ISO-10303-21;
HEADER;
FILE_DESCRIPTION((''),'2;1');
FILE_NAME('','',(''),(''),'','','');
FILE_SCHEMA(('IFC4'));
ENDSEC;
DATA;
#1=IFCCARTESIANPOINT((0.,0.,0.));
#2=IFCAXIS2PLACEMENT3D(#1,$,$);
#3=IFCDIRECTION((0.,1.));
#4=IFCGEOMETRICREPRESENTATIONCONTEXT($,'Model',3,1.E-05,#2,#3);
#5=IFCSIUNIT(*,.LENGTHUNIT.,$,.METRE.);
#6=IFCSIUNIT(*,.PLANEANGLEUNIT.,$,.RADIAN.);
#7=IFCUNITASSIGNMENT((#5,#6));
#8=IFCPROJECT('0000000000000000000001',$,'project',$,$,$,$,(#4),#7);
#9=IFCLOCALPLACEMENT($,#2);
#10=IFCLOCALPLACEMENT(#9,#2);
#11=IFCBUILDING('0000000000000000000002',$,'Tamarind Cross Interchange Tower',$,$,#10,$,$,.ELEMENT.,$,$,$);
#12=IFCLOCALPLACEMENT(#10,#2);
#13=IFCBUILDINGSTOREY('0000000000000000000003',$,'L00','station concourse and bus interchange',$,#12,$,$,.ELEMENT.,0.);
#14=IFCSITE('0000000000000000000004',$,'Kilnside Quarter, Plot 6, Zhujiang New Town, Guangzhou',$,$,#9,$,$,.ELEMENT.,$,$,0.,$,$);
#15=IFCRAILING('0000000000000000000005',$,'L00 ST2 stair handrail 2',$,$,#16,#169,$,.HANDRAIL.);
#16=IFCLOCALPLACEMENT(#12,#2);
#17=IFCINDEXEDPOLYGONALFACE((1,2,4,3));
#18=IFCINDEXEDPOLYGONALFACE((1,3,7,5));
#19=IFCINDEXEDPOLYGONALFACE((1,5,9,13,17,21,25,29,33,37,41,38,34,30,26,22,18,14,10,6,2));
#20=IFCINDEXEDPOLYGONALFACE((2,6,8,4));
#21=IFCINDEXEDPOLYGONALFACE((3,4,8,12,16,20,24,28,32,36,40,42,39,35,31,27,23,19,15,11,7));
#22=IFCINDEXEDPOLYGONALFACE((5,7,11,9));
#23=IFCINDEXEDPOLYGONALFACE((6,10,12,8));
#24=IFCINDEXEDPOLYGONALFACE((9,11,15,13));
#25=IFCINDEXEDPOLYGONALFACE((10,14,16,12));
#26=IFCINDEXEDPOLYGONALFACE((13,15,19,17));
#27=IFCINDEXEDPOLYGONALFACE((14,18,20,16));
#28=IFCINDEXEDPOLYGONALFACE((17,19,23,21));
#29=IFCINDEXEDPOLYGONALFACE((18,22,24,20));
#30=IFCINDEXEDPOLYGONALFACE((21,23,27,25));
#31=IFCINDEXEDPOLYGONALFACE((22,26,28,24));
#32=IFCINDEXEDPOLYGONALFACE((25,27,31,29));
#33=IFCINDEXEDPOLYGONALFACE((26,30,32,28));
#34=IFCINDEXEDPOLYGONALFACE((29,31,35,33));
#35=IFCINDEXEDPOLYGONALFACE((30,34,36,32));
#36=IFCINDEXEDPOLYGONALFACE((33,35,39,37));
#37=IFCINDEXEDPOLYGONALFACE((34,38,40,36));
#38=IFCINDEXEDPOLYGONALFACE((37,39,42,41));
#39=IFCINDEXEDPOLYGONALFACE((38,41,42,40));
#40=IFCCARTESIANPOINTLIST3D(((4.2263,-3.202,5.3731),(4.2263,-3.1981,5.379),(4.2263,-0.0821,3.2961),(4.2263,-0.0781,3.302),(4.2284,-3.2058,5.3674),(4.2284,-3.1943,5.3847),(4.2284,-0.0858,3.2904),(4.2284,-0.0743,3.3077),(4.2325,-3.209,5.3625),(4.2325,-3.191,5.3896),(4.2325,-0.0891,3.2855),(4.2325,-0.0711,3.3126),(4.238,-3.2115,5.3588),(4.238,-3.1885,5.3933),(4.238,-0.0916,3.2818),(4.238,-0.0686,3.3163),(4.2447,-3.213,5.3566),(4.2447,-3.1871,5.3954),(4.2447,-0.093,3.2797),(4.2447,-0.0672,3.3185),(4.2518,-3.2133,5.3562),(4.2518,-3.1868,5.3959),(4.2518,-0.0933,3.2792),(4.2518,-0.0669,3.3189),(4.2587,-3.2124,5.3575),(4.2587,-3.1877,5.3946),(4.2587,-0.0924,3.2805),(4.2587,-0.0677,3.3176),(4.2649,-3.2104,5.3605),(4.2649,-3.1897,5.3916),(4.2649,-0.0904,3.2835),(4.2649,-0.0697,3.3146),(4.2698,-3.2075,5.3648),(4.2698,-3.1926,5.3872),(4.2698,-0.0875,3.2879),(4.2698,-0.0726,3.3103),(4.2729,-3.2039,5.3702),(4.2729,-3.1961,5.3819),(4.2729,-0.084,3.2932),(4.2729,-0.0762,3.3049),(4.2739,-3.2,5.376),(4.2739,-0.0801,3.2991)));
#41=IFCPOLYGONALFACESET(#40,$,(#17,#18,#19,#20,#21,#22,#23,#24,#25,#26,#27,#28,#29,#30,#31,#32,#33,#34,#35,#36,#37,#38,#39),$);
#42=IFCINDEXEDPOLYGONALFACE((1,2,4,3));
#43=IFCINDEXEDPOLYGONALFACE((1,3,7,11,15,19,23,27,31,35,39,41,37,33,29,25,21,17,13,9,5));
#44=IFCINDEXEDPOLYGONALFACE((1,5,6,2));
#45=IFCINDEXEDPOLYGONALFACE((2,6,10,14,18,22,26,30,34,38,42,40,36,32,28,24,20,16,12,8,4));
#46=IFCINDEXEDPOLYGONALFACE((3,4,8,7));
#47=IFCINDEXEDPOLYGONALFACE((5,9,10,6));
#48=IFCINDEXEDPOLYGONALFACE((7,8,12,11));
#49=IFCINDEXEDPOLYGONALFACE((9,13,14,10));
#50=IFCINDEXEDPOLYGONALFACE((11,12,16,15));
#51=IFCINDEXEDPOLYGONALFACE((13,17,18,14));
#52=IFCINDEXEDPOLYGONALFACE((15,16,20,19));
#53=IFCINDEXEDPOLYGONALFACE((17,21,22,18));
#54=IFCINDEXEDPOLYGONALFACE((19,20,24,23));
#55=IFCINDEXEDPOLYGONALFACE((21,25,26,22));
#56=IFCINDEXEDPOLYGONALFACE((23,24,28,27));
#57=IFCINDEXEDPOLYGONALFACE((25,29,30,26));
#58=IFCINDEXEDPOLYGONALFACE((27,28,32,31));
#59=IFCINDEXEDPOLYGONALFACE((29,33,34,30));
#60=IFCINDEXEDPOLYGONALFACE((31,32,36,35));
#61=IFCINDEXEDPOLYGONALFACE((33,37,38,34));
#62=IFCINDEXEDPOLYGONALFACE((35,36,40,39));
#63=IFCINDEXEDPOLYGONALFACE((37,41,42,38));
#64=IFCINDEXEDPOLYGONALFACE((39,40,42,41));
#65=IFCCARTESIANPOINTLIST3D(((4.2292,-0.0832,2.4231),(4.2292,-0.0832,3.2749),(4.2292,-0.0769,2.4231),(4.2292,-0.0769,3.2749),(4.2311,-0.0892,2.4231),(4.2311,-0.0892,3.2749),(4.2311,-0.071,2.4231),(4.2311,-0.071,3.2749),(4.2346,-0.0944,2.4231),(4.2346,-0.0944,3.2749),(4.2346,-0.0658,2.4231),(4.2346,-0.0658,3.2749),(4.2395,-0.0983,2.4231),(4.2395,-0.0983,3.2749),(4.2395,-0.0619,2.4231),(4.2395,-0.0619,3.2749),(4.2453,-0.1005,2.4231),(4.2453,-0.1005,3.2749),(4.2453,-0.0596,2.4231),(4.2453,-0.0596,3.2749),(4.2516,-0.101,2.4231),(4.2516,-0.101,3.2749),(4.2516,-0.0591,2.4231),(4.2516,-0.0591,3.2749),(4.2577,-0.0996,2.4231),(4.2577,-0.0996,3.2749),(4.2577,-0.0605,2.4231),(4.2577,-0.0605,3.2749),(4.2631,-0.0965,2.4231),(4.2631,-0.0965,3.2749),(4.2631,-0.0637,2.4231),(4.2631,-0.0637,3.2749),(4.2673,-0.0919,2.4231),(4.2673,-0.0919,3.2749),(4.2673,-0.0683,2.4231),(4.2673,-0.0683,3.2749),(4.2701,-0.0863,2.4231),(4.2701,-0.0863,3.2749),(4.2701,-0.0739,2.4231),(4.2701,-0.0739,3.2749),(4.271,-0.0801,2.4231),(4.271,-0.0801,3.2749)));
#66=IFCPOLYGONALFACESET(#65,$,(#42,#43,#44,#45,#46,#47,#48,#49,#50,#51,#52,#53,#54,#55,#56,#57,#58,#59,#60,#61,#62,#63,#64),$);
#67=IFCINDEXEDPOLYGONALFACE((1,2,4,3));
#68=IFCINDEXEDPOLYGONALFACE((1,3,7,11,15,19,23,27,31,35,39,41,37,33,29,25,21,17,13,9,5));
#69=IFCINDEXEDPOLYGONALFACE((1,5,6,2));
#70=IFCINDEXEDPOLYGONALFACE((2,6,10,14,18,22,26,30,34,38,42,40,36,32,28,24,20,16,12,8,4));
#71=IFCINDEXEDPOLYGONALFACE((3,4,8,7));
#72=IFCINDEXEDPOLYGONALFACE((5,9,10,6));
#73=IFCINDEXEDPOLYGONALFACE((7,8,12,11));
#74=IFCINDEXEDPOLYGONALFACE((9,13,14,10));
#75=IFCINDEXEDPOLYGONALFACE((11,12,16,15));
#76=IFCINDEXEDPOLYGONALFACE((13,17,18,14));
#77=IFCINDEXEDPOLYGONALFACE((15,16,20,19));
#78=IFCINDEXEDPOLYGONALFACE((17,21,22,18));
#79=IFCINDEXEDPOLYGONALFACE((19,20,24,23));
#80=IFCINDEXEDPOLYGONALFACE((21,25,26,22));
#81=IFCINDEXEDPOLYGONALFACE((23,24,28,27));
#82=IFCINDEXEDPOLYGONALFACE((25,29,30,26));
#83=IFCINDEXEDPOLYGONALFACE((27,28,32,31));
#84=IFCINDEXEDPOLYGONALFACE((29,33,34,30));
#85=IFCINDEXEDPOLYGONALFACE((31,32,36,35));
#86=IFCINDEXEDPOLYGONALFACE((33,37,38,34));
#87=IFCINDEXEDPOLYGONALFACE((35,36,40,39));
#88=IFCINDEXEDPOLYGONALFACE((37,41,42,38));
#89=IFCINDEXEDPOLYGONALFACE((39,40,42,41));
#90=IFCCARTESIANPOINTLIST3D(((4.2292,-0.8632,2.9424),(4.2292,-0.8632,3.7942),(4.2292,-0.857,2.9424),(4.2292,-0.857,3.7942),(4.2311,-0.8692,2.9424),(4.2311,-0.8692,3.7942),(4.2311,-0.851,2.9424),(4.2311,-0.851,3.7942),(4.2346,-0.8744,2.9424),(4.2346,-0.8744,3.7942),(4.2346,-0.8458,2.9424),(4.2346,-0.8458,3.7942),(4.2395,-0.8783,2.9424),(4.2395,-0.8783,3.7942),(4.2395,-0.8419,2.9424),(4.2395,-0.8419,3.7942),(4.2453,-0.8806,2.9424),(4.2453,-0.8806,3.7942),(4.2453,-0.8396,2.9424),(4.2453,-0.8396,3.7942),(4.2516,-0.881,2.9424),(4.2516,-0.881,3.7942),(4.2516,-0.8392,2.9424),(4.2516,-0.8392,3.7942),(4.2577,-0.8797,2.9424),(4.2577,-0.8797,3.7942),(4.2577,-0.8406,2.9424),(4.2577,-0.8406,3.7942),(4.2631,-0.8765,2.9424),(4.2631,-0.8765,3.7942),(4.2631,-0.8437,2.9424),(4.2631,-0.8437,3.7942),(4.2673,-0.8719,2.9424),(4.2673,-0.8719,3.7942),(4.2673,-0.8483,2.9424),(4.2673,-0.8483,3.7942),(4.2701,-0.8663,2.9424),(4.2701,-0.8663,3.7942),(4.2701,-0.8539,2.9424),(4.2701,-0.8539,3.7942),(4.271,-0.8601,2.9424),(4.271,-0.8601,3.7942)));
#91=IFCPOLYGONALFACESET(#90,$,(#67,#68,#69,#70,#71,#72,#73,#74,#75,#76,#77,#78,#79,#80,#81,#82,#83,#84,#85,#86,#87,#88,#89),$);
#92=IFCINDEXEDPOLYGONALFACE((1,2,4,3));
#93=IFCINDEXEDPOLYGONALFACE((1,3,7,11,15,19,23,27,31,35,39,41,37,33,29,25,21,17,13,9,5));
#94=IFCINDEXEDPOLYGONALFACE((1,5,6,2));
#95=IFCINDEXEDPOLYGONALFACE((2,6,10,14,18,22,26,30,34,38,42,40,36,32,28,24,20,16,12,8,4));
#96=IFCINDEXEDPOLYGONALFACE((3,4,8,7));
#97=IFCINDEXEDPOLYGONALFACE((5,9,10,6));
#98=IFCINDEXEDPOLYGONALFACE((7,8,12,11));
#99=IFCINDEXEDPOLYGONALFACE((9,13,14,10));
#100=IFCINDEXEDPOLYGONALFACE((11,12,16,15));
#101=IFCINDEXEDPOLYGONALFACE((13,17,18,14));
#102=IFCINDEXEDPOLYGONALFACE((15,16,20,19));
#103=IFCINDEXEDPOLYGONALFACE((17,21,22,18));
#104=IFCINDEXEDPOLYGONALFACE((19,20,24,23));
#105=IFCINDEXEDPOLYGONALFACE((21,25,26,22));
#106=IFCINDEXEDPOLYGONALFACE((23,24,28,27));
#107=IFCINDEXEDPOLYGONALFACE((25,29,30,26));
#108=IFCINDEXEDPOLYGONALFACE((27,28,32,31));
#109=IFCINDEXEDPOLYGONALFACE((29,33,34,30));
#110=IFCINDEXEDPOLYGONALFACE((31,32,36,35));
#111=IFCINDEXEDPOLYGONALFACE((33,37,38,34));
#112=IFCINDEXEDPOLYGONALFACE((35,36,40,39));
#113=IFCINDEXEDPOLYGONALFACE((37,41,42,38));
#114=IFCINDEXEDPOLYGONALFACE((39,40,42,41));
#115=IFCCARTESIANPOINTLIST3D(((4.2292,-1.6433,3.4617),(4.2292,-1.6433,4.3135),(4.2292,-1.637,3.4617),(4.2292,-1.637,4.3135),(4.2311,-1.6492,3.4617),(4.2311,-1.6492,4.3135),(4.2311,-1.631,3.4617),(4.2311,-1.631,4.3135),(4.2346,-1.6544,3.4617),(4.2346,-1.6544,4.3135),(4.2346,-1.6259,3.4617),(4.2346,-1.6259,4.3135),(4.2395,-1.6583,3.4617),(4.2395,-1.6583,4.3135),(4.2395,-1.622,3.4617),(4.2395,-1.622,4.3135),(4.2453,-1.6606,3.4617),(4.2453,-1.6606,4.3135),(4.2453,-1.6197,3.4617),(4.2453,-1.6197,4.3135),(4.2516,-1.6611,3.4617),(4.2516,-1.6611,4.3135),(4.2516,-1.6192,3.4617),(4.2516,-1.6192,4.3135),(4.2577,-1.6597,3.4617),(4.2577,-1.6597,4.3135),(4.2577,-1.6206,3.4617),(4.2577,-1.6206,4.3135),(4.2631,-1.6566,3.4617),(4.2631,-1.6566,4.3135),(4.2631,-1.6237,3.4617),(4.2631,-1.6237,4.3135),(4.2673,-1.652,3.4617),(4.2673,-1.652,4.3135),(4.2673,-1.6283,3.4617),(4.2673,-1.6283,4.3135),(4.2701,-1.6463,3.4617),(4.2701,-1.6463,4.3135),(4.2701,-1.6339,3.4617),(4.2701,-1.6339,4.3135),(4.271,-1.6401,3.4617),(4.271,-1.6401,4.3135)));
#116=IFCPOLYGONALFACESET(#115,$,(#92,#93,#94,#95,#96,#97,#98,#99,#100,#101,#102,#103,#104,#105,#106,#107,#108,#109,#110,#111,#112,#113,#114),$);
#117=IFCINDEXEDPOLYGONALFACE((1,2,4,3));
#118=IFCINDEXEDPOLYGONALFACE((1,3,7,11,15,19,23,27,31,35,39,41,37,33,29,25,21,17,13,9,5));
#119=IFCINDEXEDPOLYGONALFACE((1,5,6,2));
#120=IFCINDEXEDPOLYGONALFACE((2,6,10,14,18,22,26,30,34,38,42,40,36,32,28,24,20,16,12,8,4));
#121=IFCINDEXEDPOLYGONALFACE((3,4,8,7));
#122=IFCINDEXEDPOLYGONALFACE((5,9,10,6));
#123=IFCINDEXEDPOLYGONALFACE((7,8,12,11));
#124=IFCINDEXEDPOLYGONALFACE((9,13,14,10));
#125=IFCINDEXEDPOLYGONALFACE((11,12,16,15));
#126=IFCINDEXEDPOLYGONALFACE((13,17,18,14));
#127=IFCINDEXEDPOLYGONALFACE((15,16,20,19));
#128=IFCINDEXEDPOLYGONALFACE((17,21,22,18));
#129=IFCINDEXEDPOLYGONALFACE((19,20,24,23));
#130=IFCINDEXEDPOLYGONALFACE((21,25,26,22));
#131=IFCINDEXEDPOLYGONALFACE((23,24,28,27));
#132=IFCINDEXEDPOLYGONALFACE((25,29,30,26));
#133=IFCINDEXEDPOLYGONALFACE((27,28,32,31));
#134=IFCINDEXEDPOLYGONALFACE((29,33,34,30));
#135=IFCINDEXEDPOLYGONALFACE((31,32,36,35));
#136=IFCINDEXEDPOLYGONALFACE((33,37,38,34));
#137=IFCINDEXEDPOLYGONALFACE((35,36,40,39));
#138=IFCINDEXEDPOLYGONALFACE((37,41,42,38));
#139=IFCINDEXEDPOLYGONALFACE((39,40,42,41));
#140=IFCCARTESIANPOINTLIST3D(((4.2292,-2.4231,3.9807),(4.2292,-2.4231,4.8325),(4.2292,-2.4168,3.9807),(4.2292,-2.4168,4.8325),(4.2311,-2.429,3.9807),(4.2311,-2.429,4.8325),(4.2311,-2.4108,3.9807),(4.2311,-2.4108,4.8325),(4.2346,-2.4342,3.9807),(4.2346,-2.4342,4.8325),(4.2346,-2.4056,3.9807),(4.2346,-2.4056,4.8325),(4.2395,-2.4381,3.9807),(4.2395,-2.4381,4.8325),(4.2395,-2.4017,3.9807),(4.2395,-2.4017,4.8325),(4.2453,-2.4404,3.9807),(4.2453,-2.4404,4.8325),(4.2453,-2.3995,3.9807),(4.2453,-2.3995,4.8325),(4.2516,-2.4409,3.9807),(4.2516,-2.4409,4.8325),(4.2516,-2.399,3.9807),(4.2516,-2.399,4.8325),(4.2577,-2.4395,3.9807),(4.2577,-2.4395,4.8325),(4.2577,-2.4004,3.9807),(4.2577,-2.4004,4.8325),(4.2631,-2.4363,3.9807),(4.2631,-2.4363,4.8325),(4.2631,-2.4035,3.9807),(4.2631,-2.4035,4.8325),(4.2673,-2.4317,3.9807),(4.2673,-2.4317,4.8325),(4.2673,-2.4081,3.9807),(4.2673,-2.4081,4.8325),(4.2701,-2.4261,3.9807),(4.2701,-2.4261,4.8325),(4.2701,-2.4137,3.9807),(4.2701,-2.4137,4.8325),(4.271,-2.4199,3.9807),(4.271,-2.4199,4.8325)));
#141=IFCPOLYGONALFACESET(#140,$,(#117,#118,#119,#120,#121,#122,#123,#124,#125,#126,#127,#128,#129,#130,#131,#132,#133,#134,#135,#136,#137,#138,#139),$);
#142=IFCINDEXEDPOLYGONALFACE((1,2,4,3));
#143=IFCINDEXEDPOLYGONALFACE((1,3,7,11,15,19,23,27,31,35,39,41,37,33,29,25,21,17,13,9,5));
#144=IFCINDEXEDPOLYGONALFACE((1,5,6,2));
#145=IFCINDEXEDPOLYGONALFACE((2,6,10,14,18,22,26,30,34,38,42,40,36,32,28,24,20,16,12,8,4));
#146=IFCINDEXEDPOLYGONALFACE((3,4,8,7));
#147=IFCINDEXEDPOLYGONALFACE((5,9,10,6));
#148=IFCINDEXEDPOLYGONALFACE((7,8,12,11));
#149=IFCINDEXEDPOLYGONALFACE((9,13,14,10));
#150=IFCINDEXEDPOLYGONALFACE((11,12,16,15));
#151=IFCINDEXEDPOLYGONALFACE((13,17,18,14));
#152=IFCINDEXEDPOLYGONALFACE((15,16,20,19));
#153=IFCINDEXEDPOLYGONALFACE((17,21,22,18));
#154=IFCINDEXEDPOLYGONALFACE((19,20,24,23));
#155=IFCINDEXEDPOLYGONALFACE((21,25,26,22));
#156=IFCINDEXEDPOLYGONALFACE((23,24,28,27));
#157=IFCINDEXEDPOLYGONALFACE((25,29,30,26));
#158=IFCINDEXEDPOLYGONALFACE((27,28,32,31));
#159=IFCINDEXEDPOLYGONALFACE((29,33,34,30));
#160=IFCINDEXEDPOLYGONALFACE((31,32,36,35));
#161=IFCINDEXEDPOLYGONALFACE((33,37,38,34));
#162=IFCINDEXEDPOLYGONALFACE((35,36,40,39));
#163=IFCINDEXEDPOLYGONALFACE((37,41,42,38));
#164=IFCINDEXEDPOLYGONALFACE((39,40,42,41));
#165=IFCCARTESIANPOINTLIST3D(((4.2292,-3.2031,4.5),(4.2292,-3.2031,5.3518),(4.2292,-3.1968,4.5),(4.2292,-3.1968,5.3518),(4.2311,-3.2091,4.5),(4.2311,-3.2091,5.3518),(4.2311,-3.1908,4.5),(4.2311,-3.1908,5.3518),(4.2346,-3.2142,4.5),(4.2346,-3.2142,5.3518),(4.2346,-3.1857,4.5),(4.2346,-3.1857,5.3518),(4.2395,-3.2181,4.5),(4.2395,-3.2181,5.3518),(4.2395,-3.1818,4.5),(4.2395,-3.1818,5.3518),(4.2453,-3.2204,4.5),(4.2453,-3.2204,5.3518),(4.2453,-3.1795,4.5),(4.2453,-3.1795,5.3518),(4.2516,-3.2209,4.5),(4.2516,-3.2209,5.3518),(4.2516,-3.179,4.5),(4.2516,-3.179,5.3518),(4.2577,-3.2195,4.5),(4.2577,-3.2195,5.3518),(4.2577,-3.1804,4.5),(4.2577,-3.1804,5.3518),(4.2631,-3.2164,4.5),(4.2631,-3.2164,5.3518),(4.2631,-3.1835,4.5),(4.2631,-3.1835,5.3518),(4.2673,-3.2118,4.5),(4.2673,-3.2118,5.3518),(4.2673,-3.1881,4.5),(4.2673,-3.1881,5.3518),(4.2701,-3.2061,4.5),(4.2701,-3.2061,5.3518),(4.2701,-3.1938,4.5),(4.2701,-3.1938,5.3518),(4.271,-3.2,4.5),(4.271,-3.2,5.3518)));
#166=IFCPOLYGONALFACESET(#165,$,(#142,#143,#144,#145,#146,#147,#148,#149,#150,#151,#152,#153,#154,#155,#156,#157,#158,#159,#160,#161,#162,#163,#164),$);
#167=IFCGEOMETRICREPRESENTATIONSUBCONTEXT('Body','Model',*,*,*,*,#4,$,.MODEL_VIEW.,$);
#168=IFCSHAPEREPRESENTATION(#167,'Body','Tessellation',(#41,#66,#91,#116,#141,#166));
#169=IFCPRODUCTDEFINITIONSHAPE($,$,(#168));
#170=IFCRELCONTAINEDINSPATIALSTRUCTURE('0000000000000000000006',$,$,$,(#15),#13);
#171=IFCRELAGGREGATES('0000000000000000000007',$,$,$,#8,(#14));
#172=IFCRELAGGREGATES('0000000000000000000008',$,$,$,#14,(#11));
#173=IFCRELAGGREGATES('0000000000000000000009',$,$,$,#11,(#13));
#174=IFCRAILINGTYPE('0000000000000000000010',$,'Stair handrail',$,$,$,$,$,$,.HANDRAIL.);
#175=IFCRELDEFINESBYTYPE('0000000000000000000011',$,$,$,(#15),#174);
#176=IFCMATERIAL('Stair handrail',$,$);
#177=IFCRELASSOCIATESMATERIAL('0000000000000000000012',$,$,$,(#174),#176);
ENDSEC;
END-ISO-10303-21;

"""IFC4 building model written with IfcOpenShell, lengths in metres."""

from ifc_helpers import new_model, si_unit, direction, frame, origin, origin_2d, place, context, subcontext, project, spatial, circle, extrude, material, type_object, element, save


model = new_model("IFC4")

# Units and contexts
model_context = context("Model", 3, precision=1e-05, world=origin(), true_north=direction((0.0, 1.0)))
body_context = subcontext(model_context, "Body", "Model", "MODEL_VIEW")
ifc_project = project(units=[si_unit("LENGTHUNIT", "METRE"), si_unit("PLANEANGLEUNIT", "RADIAN")], contexts=[model_context])

# Site, building, storey
site_placement = place(None, origin())
site = spatial("IfcSite", under=ifc_project, at=site_placement, Name="Kilnside Quarter, Plot 6, Zhujiang New Town, Guangzhou", CompositionType="ELEMENT", RefElevation=0.0)
building_placement = place(site_placement, origin())
building = spatial("IfcBuilding", under=site, at=building_placement, Name="Tamarind Cross Interchange Tower", CompositionType="ELEMENT")
storey_placement = place(building_placement, origin())
storey = spatial("IfcBuildingStorey", under=building, at=storey_placement, Name="L00", Description="station concourse and bus interchange", CompositionType="ELEMENT", Elevation=0.0)

# Railing
ifc_material_1 = material(Name="Stair handrail")
railing_type_1 = type_object("IfcRailingType", Name="Stair handrail", PredefinedType="HANDRAIL", material=ifc_material_1)
railing_1_placement = place(storey_placement, frame((4.25, -0.0801, 2.4231)))
element("IfcRailing", 1, at=railing_1_placement, inside=storey, type_object=railing_type_1, Name="L00 ST2 stair handrail 2", PredefinedType="HANDRAIL", context=body_context, shape_type="SweptSolid", body=[
    extrude(circle(Radius=0.0239, at=origin_2d()), frame((0.0, 0.0, 0.876), z_axis=(0.0, -0.832421, 0.554144), x_axis=(1.0, 0.0, 0.0)), (0.0, 0.0, 1.0), 3.748),
    extrude(circle(Radius=0.021, at=origin_2d()), origin(), (0.0, 0.0, 1.0), 0.8518),
    extrude(circle(Radius=0.021, at=origin_2d()), frame((0.0, -0.78, 0.5193)), (0.0, 0.0, 1.0), 0.8518),
    extrude(circle(Radius=0.021, at=origin_2d()), frame((0.0, -1.5601, 1.0386)), (0.0, 0.0, 1.0), 0.8518),
    extrude(circle(Radius=0.021, at=origin_2d()), frame((0.0, -2.3398, 1.5576)), (0.0, 0.0, 1.0), 0.8518),
    extrude(circle(Radius=0.021, at=origin_2d()), frame((0.0, -3.1199, 2.0769)), (0.0, 0.0, 1.0), 0.8518),
])

save(model, "model.ifc")
